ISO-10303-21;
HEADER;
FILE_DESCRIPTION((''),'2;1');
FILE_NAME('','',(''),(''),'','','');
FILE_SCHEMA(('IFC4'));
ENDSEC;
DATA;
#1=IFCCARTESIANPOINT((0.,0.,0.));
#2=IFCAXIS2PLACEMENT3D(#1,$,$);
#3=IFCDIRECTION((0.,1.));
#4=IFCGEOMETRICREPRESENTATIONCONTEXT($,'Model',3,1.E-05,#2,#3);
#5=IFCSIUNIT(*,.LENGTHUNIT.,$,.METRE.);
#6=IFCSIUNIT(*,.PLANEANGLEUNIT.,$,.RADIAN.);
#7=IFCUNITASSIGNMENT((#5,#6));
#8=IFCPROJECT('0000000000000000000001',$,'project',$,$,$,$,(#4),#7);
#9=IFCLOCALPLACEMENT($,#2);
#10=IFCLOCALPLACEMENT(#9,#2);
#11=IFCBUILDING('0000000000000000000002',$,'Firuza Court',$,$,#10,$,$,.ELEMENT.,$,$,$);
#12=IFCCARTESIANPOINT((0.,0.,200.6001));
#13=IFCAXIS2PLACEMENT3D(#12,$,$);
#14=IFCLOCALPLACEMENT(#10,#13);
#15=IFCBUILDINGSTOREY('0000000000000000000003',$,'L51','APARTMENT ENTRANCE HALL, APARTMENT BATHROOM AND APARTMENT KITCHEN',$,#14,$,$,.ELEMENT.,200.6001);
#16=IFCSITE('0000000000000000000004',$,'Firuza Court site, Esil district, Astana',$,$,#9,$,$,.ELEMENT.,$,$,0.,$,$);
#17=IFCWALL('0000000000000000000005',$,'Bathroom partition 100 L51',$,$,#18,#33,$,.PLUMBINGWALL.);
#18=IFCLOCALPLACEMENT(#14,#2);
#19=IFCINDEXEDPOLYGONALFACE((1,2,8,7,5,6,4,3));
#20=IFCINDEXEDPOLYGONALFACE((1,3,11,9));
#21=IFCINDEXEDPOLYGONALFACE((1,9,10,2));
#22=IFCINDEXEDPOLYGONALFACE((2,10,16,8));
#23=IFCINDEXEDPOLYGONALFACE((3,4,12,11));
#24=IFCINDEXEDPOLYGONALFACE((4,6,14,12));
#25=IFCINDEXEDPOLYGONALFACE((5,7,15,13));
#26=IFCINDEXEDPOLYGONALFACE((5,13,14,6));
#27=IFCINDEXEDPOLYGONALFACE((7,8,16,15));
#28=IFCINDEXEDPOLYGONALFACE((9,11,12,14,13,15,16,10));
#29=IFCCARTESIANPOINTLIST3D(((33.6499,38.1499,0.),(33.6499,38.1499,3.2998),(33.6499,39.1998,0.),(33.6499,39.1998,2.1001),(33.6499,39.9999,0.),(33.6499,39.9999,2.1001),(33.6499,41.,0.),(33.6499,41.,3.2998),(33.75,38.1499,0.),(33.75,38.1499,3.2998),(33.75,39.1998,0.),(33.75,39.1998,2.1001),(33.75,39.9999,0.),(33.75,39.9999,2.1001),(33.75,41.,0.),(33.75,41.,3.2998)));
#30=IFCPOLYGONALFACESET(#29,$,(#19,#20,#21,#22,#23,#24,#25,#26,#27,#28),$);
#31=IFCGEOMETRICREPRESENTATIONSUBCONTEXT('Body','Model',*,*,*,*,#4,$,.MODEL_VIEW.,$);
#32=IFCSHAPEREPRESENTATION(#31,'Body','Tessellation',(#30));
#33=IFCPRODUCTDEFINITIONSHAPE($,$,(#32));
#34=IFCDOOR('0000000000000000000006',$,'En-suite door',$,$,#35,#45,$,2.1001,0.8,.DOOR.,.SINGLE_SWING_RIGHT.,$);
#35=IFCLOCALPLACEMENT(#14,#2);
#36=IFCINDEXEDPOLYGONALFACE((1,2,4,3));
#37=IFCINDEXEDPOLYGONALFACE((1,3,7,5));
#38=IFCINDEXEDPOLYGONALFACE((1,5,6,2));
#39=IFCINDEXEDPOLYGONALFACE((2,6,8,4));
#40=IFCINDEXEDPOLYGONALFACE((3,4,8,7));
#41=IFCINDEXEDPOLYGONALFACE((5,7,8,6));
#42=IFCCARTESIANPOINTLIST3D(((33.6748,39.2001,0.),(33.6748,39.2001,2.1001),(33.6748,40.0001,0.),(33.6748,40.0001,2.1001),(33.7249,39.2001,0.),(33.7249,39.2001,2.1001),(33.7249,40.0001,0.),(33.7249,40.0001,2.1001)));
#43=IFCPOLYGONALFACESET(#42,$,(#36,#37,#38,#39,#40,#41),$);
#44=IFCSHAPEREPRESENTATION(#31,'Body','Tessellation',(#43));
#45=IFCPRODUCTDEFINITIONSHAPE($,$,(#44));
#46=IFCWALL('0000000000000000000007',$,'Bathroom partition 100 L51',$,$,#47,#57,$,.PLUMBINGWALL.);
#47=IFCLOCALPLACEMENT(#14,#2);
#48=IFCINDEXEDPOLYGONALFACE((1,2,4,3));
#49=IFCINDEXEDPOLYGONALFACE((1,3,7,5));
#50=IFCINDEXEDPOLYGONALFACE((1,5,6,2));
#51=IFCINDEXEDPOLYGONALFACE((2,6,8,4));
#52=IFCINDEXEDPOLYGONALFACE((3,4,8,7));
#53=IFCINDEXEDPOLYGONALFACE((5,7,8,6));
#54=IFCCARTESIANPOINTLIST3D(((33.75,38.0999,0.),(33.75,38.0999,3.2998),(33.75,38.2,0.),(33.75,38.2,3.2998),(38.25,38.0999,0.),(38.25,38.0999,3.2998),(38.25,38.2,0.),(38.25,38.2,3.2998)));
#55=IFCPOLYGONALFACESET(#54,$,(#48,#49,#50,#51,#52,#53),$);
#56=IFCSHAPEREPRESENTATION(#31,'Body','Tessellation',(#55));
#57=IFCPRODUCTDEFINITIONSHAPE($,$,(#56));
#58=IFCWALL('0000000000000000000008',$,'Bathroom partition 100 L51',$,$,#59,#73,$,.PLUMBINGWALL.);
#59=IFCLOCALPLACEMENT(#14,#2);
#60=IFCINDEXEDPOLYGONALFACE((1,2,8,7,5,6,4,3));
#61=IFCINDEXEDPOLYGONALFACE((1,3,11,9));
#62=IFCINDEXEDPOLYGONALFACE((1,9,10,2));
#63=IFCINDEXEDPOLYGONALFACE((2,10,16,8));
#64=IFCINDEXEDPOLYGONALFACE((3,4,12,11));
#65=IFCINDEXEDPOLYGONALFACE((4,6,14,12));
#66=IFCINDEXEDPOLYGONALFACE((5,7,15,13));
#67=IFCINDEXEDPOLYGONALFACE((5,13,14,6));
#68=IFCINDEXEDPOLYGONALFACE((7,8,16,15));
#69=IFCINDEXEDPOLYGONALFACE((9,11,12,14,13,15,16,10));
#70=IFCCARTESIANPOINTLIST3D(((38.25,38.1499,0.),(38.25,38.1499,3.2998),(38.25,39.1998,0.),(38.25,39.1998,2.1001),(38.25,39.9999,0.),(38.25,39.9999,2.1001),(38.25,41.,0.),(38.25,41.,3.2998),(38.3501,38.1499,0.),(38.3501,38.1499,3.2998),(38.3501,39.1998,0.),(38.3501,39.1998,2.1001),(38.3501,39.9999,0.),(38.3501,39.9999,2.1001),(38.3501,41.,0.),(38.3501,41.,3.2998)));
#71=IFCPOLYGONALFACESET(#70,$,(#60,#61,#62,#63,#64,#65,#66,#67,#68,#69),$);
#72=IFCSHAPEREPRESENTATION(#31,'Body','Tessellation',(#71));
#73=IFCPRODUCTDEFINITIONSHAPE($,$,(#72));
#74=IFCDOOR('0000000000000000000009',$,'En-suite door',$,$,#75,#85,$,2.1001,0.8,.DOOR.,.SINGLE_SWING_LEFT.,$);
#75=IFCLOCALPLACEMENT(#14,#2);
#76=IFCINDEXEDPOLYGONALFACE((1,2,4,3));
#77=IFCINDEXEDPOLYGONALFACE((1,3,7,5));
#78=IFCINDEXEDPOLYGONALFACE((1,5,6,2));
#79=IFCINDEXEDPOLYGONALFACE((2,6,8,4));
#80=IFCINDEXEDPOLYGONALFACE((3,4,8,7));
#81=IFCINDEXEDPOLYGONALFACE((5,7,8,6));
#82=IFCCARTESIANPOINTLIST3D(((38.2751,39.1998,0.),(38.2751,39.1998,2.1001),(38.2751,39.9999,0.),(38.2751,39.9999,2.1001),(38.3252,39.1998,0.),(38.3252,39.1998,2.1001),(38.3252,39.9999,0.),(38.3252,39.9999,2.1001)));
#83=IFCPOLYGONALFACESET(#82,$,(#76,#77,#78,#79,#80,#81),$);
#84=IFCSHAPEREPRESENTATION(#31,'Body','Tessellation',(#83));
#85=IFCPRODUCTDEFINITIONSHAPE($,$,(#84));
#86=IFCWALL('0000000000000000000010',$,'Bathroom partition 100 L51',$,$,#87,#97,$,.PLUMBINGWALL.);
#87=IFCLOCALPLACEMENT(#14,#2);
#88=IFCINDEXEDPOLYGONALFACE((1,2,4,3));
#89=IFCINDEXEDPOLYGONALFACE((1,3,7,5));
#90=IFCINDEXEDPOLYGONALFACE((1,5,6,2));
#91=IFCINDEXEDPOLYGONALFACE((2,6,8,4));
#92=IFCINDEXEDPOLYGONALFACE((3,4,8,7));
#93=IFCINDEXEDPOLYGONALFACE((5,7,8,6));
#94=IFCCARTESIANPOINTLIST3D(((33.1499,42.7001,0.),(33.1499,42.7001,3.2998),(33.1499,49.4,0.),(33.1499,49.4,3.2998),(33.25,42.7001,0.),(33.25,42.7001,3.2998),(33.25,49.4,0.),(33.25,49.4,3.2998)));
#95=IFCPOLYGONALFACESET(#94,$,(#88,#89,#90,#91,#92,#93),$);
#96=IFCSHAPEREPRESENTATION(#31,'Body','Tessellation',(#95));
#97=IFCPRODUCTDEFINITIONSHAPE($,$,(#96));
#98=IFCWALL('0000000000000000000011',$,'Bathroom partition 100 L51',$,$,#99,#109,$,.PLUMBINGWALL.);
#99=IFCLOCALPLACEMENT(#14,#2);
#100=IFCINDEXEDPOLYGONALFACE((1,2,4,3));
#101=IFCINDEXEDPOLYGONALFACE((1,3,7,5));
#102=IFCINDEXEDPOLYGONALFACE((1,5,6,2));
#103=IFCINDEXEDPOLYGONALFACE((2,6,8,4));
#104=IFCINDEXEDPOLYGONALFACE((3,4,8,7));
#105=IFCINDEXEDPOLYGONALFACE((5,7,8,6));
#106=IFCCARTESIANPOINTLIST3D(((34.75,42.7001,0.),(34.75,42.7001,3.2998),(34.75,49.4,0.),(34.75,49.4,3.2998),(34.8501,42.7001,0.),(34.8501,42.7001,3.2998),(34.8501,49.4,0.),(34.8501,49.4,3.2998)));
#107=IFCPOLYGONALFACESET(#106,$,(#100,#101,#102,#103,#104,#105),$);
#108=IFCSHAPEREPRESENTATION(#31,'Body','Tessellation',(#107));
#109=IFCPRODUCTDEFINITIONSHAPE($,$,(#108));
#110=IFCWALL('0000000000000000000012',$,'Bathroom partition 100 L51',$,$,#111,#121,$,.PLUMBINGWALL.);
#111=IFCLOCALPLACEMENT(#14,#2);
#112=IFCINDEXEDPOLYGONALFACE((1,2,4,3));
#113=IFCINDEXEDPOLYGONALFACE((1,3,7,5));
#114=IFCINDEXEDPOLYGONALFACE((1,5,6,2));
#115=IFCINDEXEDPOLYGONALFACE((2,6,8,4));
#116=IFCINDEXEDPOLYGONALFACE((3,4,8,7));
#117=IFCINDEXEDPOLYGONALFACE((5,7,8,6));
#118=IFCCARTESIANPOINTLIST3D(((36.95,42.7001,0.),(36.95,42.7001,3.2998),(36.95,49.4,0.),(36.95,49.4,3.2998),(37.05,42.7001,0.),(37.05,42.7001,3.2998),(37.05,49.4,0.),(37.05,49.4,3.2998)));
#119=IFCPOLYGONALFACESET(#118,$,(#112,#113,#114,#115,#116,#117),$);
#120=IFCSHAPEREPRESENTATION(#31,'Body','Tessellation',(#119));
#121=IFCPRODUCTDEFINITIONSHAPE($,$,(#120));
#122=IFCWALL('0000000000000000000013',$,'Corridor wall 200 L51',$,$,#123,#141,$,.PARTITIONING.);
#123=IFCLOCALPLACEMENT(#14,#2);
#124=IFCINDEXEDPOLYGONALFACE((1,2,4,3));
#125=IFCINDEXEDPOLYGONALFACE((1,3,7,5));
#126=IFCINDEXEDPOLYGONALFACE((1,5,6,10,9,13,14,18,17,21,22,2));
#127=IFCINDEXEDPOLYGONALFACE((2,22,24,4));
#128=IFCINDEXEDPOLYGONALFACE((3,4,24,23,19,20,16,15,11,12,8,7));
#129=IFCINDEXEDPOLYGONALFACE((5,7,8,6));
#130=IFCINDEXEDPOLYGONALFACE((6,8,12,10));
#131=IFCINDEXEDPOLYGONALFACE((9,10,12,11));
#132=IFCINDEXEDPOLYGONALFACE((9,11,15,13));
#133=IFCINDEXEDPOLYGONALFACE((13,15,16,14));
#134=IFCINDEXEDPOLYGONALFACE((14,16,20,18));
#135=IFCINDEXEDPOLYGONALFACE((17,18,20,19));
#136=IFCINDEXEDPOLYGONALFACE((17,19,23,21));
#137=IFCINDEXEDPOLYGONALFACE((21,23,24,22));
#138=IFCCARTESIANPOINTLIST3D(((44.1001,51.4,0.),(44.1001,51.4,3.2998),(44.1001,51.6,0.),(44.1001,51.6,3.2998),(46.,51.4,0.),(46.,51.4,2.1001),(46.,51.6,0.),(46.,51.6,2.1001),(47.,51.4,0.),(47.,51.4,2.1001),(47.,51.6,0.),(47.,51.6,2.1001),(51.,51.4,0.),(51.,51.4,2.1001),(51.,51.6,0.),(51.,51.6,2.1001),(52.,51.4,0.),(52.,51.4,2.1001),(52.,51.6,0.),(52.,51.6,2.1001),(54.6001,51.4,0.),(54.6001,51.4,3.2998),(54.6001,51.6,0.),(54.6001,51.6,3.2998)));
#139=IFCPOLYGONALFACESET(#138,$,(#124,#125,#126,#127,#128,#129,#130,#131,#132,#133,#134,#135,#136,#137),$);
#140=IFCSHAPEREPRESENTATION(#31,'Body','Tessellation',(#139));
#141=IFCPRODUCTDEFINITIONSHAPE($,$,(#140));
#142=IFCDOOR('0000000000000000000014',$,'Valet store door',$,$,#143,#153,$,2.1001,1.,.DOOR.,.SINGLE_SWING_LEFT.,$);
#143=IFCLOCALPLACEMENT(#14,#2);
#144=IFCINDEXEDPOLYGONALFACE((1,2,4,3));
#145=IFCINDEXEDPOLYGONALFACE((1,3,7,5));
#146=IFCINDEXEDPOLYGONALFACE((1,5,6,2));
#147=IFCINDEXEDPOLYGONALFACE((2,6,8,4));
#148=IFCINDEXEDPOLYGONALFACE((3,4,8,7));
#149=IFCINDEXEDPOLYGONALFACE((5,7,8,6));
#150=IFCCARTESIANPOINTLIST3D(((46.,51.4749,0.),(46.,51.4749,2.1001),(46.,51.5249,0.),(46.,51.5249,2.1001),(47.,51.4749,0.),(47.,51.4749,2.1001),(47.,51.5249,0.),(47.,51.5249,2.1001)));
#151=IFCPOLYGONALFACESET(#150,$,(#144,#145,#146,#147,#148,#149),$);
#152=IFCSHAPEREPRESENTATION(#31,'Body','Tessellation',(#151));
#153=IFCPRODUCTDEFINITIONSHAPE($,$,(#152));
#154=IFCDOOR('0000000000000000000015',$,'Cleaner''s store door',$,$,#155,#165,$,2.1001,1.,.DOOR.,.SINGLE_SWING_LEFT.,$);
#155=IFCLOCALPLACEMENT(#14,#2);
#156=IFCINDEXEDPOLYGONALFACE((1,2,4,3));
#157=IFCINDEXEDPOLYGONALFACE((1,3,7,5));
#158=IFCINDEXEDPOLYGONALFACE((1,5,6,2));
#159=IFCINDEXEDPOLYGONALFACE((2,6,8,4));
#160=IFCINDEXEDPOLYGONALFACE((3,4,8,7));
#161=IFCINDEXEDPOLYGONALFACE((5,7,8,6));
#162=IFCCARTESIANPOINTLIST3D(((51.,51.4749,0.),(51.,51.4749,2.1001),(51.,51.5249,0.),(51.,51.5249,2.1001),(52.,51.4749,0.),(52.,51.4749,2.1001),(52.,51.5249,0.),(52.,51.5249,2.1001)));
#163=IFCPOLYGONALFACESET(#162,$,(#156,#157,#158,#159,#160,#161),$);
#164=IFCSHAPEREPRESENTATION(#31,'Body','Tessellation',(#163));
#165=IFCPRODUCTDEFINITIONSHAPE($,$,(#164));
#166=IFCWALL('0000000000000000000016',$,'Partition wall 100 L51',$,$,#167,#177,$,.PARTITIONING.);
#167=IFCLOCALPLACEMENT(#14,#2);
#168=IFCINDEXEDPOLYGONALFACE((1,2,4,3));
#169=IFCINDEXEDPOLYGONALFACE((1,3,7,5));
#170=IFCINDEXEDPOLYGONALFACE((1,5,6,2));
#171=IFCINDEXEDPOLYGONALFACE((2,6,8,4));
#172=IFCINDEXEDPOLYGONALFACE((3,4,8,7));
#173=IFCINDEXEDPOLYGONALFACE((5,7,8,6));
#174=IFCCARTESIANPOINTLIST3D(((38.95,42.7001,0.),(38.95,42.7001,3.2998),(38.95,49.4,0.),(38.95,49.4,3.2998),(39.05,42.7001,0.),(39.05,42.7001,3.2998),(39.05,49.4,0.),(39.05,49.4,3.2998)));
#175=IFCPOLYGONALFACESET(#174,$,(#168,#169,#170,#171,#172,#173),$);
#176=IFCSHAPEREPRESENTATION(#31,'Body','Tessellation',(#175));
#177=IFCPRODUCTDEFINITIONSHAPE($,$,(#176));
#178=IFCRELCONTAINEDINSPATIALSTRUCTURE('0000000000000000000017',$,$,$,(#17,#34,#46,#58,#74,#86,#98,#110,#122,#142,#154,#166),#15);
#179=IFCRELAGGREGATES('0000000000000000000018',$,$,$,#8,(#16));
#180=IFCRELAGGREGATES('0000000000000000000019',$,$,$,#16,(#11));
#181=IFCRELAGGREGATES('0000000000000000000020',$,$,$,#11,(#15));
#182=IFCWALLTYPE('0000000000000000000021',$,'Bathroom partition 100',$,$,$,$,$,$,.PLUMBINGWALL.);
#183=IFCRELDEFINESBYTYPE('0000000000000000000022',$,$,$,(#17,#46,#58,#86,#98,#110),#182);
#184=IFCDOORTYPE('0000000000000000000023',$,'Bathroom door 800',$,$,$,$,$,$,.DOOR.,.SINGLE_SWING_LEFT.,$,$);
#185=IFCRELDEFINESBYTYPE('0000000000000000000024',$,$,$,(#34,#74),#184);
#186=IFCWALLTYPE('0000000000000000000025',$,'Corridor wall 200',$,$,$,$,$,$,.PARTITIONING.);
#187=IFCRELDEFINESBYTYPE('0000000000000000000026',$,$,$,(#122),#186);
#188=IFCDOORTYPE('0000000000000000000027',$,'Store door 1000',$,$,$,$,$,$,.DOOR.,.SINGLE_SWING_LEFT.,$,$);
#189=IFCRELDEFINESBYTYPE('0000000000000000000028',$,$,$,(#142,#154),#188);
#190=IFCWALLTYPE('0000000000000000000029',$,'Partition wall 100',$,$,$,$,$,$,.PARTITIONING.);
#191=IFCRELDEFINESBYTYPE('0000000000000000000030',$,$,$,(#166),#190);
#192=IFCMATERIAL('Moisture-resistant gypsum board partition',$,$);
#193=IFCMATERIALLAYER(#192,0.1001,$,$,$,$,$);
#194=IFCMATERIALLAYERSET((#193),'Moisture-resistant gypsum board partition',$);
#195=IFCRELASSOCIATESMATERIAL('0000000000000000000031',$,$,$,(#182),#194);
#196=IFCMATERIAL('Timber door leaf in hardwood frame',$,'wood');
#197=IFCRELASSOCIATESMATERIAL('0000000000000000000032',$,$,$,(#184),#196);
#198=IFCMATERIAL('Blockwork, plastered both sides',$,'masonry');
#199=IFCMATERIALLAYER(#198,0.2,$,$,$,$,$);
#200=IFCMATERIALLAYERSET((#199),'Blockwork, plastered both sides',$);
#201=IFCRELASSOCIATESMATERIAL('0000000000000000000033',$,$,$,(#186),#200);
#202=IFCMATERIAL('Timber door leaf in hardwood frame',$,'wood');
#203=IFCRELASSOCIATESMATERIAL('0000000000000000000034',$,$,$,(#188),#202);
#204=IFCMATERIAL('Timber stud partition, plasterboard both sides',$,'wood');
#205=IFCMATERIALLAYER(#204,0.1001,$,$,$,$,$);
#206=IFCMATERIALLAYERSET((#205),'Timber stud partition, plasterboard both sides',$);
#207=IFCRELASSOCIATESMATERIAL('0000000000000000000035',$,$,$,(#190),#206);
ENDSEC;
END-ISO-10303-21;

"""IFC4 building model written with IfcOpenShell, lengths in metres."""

from ifc_helpers import new_model, si_unit, direction, frame, frame_2d, origin, place, context, subcontext, project, spatial, rectangle, extrude, material, layer, layer_set, type_object, element, fill, save


model = new_model("IFC4")

# Units and contexts
model_context = context("Model", 3, precision=1e-05, world=origin(), true_north=direction((0.0, 1.0)))
body_context = subcontext(model_context, "Body", "Model", "MODEL_VIEW")
ifc_project = project(units=[si_unit("LENGTHUNIT", "METRE"), si_unit("PLANEANGLEUNIT", "RADIAN")], contexts=[model_context])

# Site, building, storey
site_placement = place(None, origin())
site = spatial("IfcSite", under=ifc_project, at=site_placement, Name="Firuza Court site, Esil district, Astana", CompositionType="ELEMENT", RefElevation=0.0)
building_placement = place(site_placement, origin())
building = spatial("IfcBuilding", under=site, at=building_placement, Name="Firuza Court", CompositionType="ELEMENT")
storey_placement = place(building_placement, frame((0.0, 0.0, 200.6001)))
storey = spatial("IfcBuildingStorey", under=building, at=storey_placement, Name="L51", Description="APARTMENT ENTRANCE HALL, APARTMENT BATHROOM AND APARTMENT KITCHEN", CompositionType="ELEMENT", Elevation=200.6001)

# Wall, opening, door
ifc_material_1 = material(Name="Moisture-resistant gypsum board partition")
ifc_layer_1 = layer(ifc_material_1, 0.1001)
ifc_layer_set_1 = layer_set([ifc_layer_1], Name="Moisture-resistant gypsum board partition")
wall_type_1 = type_object("IfcWallType", Name="Bathroom partition 100", PredefinedType="PLUMBINGWALL", material=ifc_layer_set_1)
wall_1_placement = place(storey_placement, frame((33.7, 38.1499, 0.0), z_axis=(0.0, 0.0, 1.0), x_axis=(0.0, 1.0, 0.0)))
wall_1 = element("IfcWall", 1, at=wall_1_placement, inside=storey, type_object=wall_type_1, Name="Bathroom partition 100 L51", PredefinedType="PLUMBINGWALL", context=body_context, shape_type="SweptSolid", body=[
    extrude(rectangle(XDim=2.8501, YDim=0.1001, at=frame_2d((1.425, 0.0))), origin(), (0.0, 0.0, 1.0), 3.2998),
])
opening_1_placement = place(wall_1_placement, frame((1.05, 0.0, 0.0)))
opening_1 = element("IfcOpeningElement", 2, at=opening_1_placement, cuts=wall_1, PredefinedType="OPENING", context=body_context, shape_type="SweptSolid", body=[
    extrude(rectangle(XDim=0.8, YDim=2.1001, at=frame_2d((0.3999, 1.05))), frame((0.0, 0.062, 0.0), z_axis=(0.0, -1.0, 0.0), x_axis=(1.0, 0.0, 0.0)), (0.0, 0.0, 1.0), 0.124),
])
ifc_material_2 = material(Name="Timber door leaf in hardwood frame", Category="wood")
door_type_1 = type_object("IfcDoorType", Name="Bathroom door 800", OperationType="SINGLE_SWING_LEFT", PredefinedType="DOOR", material=ifc_material_2)
door_1_placement = place(opening_1_placement, frame((0.8, 0.0, 0.0), z_axis=(0.0, 0.0, 1.0), x_axis=(-1.0, 0.0, 0.0)))
door_1 = element("IfcDoor", 3, at=door_1_placement, inside=storey, type_object=door_type_1, Name="En-suite door", OperationType="SINGLE_SWING_RIGHT", OverallHeight=2.1001, OverallWidth=0.8, PredefinedType="DOOR", context=body_context, shape_type="SweptSolid", body=[
    extrude(rectangle(XDim=0.8, YDim=2.1001, at=frame_2d((0.3999, 1.05))), frame((0.0, 0.0249, 0.0), z_axis=(0.0, -1.0, 0.0), x_axis=(1.0, 0.0, 0.0)), (0.0, 0.0, 1.0), 0.05),
])
fill(opening_1, door_1)

# Wall
wall_2_placement = place(storey_placement, frame((33.75, 38.1499, 0.0), z_axis=(0.0, 0.0, 1.0), x_axis=(1.0, 0.0, 0.0)))
element("IfcWall", 4, at=wall_2_placement, inside=storey, type_object=wall_type_1, Name="Bathroom partition 100 L51", PredefinedType="PLUMBINGWALL", context=body_context, shape_type="SweptSolid", body=[
    extrude(rectangle(XDim=4.5, YDim=0.1001, at=frame_2d((2.25, 0.0))), origin(), (0.0, 0.0, 1.0), 3.2998),
])

# Wall, opening, door
wall_3_placement = place(storey_placement, frame((38.3, 38.1499, 0.0), z_axis=(0.0, 0.0, 1.0), x_axis=(0.0, 1.0, 0.0)))
wall_3 = element("IfcWall", 5, at=wall_3_placement, inside=storey, type_object=wall_type_1, Name="Bathroom partition 100 L51", PredefinedType="PLUMBINGWALL", context=body_context, shape_type="SweptSolid", body=[
    extrude(rectangle(XDim=2.8501, YDim=0.1001, at=frame_2d((1.425, 0.0))), origin(), (0.0, 0.0, 1.0), 3.2998),
])
opening_2_placement = place(wall_3_placement, frame((1.05, 0.0, 0.0)))
opening_2 = element("IfcOpeningElement", 6, at=opening_2_placement, cuts=wall_3, PredefinedType="OPENING", context=body_context, shape_type="SweptSolid", body=[
    extrude(rectangle(XDim=0.8, YDim=2.1001, at=frame_2d((0.3999, 1.05))), frame((0.0, 0.062, 0.0), z_axis=(0.0, -1.0, 0.0), x_axis=(1.0, 0.0, 0.0)), (0.0, 0.0, 1.0), 0.124),
])
door_2_placement = place(opening_2_placement, origin())
door_2 = element("IfcDoor", 7, at=door_2_placement, inside=storey, type_object=door_type_1, Name="En-suite door", OperationType="SINGLE_SWING_LEFT", OverallHeight=2.1001, OverallWidth=0.8, PredefinedType="DOOR", context=body_context, shape_type="SweptSolid", body=[
    extrude(rectangle(XDim=0.8, YDim=2.1001, at=frame_2d((0.3999, 1.05))), frame((0.0, 0.0249, 0.0), z_axis=(0.0, -1.0, 0.0), x_axis=(1.0, 0.0, 0.0)), (0.0, 0.0, 1.0), 0.05),
])
fill(opening_2, door_2)

# Walls
for number, where, z_axis, x_axis, name in (
    (8, (33.2, 42.7, 0.0), (0.0, 0.0, 1.0), (0.0, 1.0, 0.0), "Bathroom partition 100 L51"),
    (9, (34.8, 42.7, 0.0), (0.0, 0.0, 1.0), (0.0, 1.0, 0.0), "Bathroom partition 100 L51"),
    (10, (37.0, 42.7, 0.0), (0.0, 0.0, 1.0), (0.0, 1.0, 0.0), "Bathroom partition 100 L51"),
):
    element("IfcWall", number, at=place(storey_placement, frame(where, z_axis=z_axis, x_axis=x_axis)), inside=storey, type_object=wall_type_1, Name=name, PredefinedType="PLUMBINGWALL", context=body_context, shape_type="SweptSolid", body=[
        extrude(rectangle(XDim=6.7, YDim=0.1001, at=frame_2d((3.3501, 0.0))), origin(), (0.0, 0.0, 1.0), 3.2998),
    ])

# Wall, openings, doors
ifc_material_3 = material(Name="Blockwork, plastered both sides", Category="masonry")
ifc_layer_2 = layer(ifc_material_3, 0.2)
ifc_layer_set_2 = layer_set([ifc_layer_2], Name="Blockwork, plastered both sides")
wall_type_2 = type_object("IfcWallType", Name="Corridor wall 200", PredefinedType="PARTITIONING", material=ifc_layer_set_2)
wall_4_placement = place(storey_placement, frame((44.1001, 51.5, 0.0), z_axis=(0.0, 0.0, 1.0), x_axis=(1.0, 0.0, 0.0)))
wall_4 = element("IfcWall", 11, at=wall_4_placement, inside=storey, type_object=wall_type_2, Name="Corridor wall 200 L51", PredefinedType="PARTITIONING", context=body_context, shape_type="SweptSolid", body=[
    extrude(rectangle(XDim=10.5, YDim=0.2, at=frame_2d((5.25, 0.0))), origin(), (0.0, 0.0, 1.0), 3.2998),
])
opening_3_placement = place(wall_4_placement, frame((1.8999, 0.0, 0.0)))
opening_3 = element("IfcOpeningElement", 12, at=opening_3_placement, cuts=wall_4, PredefinedType="OPENING", context=body_context, shape_type="SweptSolid", body=[
    extrude(rectangle(XDim=1.0, YDim=2.1001, at=frame_2d((0.5, 1.05))), frame((0.0, 0.1118, 0.0), z_axis=(0.0, -1.0, 0.0), x_axis=(1.0, 0.0, 0.0)), (0.0, 0.0, 1.0), 0.2239),
])
opening_4_placement = place(wall_4_placement, frame((6.8999, 0.0, 0.0)))
opening_4 = element("IfcOpeningElement", 13, at=opening_4_placement, cuts=wall_4, PredefinedType="OPENING", context=body_context, shape_type="SweptSolid", body=[
    extrude(rectangle(XDim=1.0, YDim=2.1001, at=frame_2d((0.5, 1.05))), frame((0.0, 0.1118, 0.0), z_axis=(0.0, -1.0, 0.0), x_axis=(1.0, 0.0, 0.0)), (0.0, 0.0, 1.0), 0.2239),
])
ifc_material_4 = material(Name="Timber door leaf in hardwood frame", Category="wood")
door_type_2 = type_object("IfcDoorType", Name="Store door 1000", OperationType="SINGLE_SWING_LEFT", PredefinedType="DOOR", material=ifc_material_4)
door_3_placement = place(opening_3_placement, origin())
door_3 = element("IfcDoor", 14, at=door_3_placement, inside=storey, type_object=door_type_2, Name="Valet store door", OperationType="SINGLE_SWING_LEFT", OverallHeight=2.1001, OverallWidth=1.0, PredefinedType="DOOR", context=body_context, shape_type="SweptSolid", body=[
    extrude(rectangle(XDim=1.0, YDim=2.1001, at=frame_2d((0.5, 1.05))), frame((0.0, 0.0249, 0.0), z_axis=(0.0, -1.0, 0.0), x_axis=(1.0, 0.0, 0.0)), (0.0, 0.0, 1.0), 0.05),
])
fill(opening_3, door_3)
door_4_placement = place(opening_4_placement, origin())
door_4 = element("IfcDoor", 15, at=door_4_placement, inside=storey, type_object=door_type_2, Name="Cleaner's store door", OperationType="SINGLE_SWING_LEFT", OverallHeight=2.1001, OverallWidth=1.0, PredefinedType="DOOR", context=body_context, shape_type="SweptSolid", body=[
    extrude(rectangle(XDim=1.0, YDim=2.1001, at=frame_2d((0.5, 1.05))), frame((0.0, 0.0249, 0.0), z_axis=(0.0, -1.0, 0.0), x_axis=(1.0, 0.0, 0.0)), (0.0, 0.0, 1.0), 0.05),
])
fill(opening_4, door_4)

# Wall
ifc_material_5 = material(Name="Timber stud partition, plasterboard both sides", Category="wood")
ifc_layer_3 = layer(ifc_material_5, 0.1001)
ifc_layer_set_3 = layer_set([ifc_layer_3], Name="Timber stud partition, plasterboard both sides")
wall_type_3 = type_object("IfcWallType", Name="Partition wall 100", PredefinedType="PARTITIONING", material=ifc_layer_set_3)
for number, where, z_axis, x_axis, name in (
    (16, (39.0, 42.7, 0.0), (0.0, 0.0, 1.0), (0.0, 1.0, 0.0), "Partition wall 100 L51"),
):
    element("IfcWall", number, at=place(storey_placement, frame(where, z_axis=z_axis, x_axis=x_axis)), inside=storey, type_object=wall_type_3, Name=name, PredefinedType="PARTITIONING", context=body_context, shape_type="SweptSolid", body=[
        extrude(rectangle(XDim=6.7, YDim=0.1001, at=frame_2d((3.3501, 0.0))), origin(), (0.0, 0.0, 1.0), 3.2998),
    ])

save(model, "model.ifc")
